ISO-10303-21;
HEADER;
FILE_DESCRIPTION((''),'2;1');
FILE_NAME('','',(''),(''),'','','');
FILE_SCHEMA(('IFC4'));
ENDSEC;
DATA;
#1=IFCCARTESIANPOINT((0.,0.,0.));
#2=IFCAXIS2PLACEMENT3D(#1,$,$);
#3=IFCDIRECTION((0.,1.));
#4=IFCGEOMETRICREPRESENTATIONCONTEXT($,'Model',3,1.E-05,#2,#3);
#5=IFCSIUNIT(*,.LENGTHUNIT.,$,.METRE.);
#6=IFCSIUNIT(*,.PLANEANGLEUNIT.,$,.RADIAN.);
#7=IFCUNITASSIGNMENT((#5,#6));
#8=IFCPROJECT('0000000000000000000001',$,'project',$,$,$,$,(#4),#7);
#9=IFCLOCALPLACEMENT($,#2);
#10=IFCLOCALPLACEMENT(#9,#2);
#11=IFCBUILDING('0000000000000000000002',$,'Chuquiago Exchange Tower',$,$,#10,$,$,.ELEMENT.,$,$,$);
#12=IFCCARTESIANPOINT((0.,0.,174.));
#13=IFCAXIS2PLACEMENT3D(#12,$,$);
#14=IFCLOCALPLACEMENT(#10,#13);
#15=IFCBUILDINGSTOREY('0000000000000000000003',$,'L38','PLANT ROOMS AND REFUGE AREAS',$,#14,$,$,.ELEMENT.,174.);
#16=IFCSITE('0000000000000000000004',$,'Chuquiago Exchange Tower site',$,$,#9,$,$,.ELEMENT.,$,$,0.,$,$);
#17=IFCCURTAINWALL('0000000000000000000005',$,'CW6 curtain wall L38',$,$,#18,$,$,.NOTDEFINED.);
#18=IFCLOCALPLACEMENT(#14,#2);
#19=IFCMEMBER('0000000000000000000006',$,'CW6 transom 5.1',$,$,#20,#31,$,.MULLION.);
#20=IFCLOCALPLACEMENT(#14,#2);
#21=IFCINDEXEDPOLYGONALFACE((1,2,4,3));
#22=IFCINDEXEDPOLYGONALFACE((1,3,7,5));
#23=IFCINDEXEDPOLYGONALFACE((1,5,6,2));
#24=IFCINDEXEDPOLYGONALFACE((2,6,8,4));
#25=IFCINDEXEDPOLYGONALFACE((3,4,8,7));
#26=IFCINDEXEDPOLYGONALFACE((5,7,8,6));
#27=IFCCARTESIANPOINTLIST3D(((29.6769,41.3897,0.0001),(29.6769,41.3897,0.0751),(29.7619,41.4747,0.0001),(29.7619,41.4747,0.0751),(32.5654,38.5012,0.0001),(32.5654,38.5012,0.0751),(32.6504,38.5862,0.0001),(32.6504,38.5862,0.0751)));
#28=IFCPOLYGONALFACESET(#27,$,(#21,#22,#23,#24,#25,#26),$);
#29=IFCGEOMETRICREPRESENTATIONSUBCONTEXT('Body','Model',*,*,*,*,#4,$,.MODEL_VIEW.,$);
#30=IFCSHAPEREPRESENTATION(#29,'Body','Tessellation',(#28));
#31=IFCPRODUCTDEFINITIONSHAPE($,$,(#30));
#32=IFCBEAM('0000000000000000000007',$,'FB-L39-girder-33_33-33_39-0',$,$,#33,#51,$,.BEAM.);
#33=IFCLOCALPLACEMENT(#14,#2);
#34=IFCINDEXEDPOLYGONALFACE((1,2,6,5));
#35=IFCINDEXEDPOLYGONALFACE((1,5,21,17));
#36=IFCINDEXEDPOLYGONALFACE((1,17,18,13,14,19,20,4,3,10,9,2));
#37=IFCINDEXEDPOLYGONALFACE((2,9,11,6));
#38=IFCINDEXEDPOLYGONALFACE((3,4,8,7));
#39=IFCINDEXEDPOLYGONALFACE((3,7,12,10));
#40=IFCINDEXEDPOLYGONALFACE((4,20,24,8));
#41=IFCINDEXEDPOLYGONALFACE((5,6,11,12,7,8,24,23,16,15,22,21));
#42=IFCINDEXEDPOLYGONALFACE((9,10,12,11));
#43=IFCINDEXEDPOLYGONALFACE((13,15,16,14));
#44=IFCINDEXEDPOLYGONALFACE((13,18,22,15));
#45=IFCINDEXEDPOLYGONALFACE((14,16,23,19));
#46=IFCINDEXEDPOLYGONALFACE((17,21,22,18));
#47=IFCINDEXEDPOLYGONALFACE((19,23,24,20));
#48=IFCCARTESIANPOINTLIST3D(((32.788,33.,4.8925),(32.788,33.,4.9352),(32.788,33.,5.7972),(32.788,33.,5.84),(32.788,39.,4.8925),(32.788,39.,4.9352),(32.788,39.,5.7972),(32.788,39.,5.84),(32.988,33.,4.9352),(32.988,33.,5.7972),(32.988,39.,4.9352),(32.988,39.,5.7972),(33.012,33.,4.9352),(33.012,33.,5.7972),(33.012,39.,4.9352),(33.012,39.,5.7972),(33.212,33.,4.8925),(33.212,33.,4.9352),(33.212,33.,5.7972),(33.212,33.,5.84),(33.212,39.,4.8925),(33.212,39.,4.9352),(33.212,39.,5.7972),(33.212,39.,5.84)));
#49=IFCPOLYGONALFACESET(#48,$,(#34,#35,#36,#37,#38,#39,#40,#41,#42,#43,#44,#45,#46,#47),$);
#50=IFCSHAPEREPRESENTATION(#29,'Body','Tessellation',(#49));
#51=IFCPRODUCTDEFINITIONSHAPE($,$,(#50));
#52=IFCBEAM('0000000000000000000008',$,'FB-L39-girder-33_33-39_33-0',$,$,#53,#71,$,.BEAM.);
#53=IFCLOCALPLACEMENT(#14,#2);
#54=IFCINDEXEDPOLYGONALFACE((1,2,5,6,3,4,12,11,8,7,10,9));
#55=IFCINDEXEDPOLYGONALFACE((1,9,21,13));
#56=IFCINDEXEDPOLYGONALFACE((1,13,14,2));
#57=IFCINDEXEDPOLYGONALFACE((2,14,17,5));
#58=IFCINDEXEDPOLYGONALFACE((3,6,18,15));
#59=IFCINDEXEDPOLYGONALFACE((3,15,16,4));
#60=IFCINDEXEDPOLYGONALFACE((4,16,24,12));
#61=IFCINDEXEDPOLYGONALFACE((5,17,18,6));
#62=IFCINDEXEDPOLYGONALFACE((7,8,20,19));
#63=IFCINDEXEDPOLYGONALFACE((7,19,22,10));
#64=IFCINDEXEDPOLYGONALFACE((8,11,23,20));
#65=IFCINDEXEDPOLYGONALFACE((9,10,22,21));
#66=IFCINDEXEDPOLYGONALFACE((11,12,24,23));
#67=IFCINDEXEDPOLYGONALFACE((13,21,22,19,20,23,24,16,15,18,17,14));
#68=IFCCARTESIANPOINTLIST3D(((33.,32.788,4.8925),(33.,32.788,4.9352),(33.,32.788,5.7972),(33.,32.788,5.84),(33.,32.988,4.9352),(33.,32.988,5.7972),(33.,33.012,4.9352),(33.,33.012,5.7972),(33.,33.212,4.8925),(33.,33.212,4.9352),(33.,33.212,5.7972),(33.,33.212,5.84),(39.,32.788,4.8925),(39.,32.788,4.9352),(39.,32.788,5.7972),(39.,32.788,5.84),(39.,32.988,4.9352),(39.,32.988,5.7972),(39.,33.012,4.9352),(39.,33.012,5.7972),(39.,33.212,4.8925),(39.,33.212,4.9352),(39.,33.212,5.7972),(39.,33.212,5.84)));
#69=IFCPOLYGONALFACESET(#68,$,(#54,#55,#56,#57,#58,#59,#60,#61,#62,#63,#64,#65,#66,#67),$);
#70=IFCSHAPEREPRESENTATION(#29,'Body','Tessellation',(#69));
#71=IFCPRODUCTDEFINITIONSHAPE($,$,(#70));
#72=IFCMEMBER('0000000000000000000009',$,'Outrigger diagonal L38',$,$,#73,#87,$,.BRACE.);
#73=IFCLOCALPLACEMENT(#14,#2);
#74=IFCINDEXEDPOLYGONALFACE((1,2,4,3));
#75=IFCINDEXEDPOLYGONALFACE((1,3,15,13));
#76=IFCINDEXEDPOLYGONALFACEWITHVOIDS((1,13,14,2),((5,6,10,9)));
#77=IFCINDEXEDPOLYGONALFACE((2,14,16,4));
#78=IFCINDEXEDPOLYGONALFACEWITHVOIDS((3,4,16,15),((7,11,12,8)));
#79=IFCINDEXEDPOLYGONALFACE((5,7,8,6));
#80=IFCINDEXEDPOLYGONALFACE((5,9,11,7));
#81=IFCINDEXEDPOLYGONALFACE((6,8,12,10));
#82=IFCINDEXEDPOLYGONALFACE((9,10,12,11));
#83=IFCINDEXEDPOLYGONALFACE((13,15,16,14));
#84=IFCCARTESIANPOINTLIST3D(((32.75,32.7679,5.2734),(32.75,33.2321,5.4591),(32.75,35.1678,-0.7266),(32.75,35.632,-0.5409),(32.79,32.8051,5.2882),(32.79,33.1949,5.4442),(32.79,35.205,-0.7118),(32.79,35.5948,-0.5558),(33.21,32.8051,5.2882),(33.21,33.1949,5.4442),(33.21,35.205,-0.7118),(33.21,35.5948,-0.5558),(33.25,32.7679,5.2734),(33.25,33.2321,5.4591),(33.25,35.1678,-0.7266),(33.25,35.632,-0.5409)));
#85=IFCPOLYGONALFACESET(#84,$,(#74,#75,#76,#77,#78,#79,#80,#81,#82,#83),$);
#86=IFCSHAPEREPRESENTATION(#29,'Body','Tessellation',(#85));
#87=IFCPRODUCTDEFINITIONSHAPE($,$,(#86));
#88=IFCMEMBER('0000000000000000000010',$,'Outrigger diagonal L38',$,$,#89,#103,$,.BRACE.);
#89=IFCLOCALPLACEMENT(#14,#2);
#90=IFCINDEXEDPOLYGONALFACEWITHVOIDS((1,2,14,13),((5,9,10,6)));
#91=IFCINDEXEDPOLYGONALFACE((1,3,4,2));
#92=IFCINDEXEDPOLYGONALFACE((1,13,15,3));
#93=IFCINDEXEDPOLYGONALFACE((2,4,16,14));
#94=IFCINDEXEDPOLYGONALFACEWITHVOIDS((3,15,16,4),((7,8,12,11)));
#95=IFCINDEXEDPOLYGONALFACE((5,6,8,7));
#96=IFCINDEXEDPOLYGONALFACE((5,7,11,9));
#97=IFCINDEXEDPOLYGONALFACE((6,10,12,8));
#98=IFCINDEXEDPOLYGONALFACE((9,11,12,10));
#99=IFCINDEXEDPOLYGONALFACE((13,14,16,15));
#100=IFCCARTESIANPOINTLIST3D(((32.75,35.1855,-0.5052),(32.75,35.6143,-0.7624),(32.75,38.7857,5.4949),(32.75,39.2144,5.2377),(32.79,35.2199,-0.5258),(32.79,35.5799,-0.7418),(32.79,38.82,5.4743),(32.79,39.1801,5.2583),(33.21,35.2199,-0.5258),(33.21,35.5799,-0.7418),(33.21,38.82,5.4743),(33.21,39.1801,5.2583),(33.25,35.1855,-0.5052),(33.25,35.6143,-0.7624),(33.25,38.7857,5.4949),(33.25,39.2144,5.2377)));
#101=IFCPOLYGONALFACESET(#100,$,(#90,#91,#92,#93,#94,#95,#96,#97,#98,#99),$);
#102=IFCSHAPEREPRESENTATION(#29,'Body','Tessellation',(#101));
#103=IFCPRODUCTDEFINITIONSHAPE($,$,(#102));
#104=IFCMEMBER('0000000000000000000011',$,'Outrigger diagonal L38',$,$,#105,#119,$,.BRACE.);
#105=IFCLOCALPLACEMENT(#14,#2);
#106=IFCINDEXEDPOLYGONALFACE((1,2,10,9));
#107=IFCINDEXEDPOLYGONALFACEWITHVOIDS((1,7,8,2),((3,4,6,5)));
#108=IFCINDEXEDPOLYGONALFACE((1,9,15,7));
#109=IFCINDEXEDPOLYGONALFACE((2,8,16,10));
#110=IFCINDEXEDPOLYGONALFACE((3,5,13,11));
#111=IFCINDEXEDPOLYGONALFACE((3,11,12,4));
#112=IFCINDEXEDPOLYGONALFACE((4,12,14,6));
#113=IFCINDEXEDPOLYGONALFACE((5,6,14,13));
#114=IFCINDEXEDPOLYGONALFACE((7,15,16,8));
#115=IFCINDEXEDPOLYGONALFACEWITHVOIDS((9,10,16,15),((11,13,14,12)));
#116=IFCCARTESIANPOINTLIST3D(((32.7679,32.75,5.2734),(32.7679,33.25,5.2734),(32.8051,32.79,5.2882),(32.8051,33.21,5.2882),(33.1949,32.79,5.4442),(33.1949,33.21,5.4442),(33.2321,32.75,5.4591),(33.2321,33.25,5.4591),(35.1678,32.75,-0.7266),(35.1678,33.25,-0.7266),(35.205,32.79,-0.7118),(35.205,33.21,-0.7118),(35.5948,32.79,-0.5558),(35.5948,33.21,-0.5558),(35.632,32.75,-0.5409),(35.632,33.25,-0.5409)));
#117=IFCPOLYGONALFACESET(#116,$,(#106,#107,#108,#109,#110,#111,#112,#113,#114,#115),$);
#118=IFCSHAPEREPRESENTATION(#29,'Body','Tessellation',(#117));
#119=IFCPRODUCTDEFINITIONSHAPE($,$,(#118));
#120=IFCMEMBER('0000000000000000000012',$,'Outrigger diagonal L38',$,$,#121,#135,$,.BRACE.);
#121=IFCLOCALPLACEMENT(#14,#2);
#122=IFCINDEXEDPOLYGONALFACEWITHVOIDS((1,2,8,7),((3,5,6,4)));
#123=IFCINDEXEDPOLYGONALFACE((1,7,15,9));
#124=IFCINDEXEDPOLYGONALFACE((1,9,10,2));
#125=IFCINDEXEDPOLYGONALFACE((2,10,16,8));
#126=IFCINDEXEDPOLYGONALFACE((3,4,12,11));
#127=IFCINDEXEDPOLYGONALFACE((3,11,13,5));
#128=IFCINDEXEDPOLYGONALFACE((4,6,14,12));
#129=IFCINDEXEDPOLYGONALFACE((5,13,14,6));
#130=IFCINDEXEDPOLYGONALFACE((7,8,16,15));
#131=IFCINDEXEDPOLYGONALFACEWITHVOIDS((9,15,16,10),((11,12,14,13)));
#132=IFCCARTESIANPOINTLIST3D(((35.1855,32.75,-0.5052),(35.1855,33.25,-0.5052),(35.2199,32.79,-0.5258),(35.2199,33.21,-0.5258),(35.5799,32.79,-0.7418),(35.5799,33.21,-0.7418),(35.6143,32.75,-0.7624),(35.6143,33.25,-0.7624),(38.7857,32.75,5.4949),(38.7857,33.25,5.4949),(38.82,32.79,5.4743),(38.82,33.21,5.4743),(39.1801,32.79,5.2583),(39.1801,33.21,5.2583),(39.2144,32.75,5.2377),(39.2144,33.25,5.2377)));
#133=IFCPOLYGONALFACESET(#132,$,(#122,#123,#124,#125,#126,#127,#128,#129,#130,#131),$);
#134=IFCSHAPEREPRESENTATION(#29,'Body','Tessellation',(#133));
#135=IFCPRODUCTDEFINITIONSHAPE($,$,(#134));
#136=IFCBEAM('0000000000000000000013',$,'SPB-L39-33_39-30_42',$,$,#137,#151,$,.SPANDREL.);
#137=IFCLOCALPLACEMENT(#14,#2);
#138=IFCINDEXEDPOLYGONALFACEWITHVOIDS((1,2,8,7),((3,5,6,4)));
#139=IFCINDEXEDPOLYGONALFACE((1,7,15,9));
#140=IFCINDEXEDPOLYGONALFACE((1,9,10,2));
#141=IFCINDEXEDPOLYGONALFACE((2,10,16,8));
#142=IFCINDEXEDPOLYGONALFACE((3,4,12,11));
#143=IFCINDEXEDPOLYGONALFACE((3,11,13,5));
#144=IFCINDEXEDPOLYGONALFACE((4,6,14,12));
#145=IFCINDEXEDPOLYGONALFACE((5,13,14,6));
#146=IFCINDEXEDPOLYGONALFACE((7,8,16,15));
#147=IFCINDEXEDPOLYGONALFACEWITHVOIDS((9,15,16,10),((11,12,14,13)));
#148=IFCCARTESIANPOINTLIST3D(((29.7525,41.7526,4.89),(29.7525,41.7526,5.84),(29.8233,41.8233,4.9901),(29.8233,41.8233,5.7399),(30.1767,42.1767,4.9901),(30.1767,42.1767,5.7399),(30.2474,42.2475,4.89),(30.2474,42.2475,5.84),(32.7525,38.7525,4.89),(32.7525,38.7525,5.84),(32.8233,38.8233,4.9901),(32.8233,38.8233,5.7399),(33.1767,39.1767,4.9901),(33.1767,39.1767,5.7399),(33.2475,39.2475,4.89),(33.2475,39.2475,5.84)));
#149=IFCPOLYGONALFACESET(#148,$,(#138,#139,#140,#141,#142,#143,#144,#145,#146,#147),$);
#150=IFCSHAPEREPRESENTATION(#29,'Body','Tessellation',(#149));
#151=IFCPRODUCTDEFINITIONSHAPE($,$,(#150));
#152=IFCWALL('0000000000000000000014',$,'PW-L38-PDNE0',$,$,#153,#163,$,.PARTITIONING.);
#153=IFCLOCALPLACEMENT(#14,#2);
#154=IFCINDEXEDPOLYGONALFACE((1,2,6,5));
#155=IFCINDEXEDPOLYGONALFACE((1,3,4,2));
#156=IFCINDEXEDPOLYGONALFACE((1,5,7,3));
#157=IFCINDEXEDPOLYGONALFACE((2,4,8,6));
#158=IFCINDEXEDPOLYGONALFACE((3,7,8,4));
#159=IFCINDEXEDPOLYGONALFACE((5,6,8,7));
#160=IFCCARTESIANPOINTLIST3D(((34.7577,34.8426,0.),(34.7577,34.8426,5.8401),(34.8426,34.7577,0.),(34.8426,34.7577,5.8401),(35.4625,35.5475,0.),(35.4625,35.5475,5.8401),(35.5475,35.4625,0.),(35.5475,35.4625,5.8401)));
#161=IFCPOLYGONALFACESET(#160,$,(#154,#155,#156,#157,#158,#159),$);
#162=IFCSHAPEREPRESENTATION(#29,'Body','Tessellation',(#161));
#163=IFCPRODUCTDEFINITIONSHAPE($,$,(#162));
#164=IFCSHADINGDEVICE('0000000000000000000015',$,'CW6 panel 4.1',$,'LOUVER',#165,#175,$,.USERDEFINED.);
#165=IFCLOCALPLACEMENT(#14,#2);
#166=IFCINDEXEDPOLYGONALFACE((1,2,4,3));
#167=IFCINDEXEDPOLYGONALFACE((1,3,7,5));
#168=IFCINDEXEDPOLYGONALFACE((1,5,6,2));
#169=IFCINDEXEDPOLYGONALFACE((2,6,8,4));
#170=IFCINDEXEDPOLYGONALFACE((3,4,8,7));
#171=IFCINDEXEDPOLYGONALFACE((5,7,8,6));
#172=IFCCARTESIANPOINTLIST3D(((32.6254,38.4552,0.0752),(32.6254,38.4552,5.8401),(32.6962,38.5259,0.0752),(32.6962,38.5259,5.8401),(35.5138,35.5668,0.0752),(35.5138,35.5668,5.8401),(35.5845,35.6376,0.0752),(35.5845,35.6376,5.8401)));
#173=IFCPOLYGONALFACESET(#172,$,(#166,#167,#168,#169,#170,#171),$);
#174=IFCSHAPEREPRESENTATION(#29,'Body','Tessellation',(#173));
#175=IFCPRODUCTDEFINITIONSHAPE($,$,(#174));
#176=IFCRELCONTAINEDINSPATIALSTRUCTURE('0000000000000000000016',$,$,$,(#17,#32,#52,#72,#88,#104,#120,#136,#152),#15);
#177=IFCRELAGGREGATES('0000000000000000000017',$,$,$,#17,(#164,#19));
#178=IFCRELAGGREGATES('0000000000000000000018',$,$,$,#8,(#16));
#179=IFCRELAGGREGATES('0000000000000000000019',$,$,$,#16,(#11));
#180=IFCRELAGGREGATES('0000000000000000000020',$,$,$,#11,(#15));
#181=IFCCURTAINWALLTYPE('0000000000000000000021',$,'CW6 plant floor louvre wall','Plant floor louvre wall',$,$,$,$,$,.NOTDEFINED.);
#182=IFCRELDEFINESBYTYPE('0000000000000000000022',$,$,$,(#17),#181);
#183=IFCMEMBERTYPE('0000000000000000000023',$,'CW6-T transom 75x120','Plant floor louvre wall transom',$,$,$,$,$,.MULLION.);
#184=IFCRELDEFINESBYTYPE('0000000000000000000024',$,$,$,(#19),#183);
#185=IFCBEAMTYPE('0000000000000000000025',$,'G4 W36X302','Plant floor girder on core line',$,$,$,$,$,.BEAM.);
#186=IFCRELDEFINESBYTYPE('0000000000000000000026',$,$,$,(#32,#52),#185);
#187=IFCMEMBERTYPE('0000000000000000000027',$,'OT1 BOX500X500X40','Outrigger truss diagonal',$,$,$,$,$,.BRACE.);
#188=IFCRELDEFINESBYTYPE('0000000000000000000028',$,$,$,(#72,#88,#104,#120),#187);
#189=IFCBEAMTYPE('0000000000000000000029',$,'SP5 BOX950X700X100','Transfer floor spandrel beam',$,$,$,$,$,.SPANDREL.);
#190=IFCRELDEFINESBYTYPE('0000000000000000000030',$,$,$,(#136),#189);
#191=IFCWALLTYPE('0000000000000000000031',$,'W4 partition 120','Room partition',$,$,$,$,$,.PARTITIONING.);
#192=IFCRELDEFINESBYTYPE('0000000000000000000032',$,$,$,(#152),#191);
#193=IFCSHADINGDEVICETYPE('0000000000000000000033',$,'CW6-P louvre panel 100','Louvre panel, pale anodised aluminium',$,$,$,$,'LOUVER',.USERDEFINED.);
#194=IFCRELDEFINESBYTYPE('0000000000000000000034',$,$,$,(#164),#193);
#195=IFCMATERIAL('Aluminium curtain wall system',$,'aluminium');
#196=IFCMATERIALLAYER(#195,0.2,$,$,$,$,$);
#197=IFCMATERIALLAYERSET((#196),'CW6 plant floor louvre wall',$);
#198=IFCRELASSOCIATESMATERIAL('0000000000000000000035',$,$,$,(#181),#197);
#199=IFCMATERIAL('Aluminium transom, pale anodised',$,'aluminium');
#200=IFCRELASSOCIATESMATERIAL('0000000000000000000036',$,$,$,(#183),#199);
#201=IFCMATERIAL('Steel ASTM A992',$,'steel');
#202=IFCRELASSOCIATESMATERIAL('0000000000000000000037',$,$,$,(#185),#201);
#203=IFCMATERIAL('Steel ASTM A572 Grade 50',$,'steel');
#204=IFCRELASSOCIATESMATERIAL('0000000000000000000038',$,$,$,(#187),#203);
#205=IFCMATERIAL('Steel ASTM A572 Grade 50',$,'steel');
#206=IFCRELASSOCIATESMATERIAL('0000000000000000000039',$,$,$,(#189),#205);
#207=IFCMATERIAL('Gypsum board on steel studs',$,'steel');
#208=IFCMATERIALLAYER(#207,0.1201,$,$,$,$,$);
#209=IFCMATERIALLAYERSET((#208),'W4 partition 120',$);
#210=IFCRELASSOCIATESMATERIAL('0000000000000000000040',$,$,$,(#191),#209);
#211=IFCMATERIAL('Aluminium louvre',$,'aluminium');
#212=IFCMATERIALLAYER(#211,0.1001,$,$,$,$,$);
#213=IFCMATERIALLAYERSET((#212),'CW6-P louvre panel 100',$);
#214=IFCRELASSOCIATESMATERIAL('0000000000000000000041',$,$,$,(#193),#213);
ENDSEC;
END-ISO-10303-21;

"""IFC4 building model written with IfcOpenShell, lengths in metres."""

from ifc_helpers import new_model, si_unit, direction, frame, frame_2d, origin, origin_2d, place, context, subcontext, project, spatial, rectangle, hollow_rectangle, i_section, extrude, material, layer, layer_set, material_profile, profile_set, type_object, element, aggregate, save


model = new_model("IFC4")

# Units and contexts
model_context = context("Model", 3, precision=1e-05, world=origin(), true_north=direction((0.0, 1.0)))
body_context = subcontext(model_context, "Body", "Model", "MODEL_VIEW")
ifc_project = project(units=[si_unit("LENGTHUNIT", "METRE"), si_unit("PLANEANGLEUNIT", "RADIAN")], contexts=[model_context])

# Site, building, storey
site_placement = place(None, origin())
site = spatial("IfcSite", under=ifc_project, at=site_placement, Name="Chuquiago Exchange Tower site", CompositionType="ELEMENT", RefElevation=0.0)
building_placement = place(site_placement, origin())
building = spatial("IfcBuilding", under=site, at=building_placement, Name="Chuquiago Exchange Tower", CompositionType="ELEMENT")
storey_placement = place(building_placement, frame((0.0, 0.0, 174.0)))
storey = spatial("IfcBuildingStorey", under=building, at=storey_placement, Name="L38", Description="PLANT ROOMS AND REFUGE AREAS", CompositionType="ELEMENT", Elevation=174.0)

# Curtain wall, member
ifc_material_1 = material(Name="Aluminium curtain wall system", Category="aluminium")
ifc_layer_1 = layer(ifc_material_1, 0.2)
ifc_layer_set_1 = layer_set([ifc_layer_1], Name="CW6 plant floor louvre wall")
curtain_wall_type = type_object("IfcCurtainWallType", Name="CW6 plant floor louvre wall", Description="Plant floor louvre wall", PredefinedType="NOTDEFINED", material=ifc_layer_set_1)
curtain_wall_placement = place(storey_placement, origin())
curtain_wall = element("IfcCurtainWall", 1, at=curtain_wall_placement, inside=storey, type_object=curtain_wall_type, Name="CW6 curtain wall L38", PredefinedType="NOTDEFINED")
ifc_material_2 = material(Name="Aluminium transom, pale anodised", Category="aluminium")
ifc_material_profile_1 = material_profile(ifc_material_2, rectangle(XDim=0.1201, YDim=0.075, at=origin_2d()), Name="AL 120x75")
ifc_profile_set_1 = profile_set([ifc_material_profile_1], Name="Aluminium transom, pale anodised")
member_type_1 = type_object("IfcMemberType", Name="CW6-T transom 75x120", Description="Plant floor louvre wall transom", PredefinedType="MULLION", material=ifc_profile_set_1)
member_1_placement = place(storey_placement, frame((32.6079, 38.5437, 0.0376), z_axis=(-0.707107, 0.707107, 0.0), x_axis=(-0.707107, -0.707107, 0.0)))
member_1 = element("IfcMember", 2, at=member_1_placement, type_object=member_type_1, Name="CW6 transom 5.1", PredefinedType="MULLION", context=body_context, shape_type="SweptSolid", body=[
    extrude(rectangle(XDim=0.1201, YDim=0.075, at=origin_2d()), origin(), (0.0, 0.0, 1.0), 4.085),
])

# Beams
ifc_material_3 = material(Name="Steel ASTM A992", Category="steel")
ifc_material_profile_2 = material_profile(ifc_material_3, i_section(OverallWidth=0.4241, OverallDepth=0.9475, WebThickness=0.0239, FlangeThickness=0.0427, at=origin_2d()), Name="W36X302")
ifc_profile_set_2 = profile_set([ifc_material_profile_2], Name="Steel ASTM A992")
beam_type_1 = type_object("IfcBeamType", Name="G4 W36X302", Description="Plant floor girder on core line", PredefinedType="BEAM", material=ifc_profile_set_2)
for number, where, z_axis, x_axis, name in (
    (3, (33.0, 33.0, 5.3662), (0.0, 1.0, 0.0), (-1.0, 0.0, 0.0), "FB-L39-girder-33_33-33_39-0"),
    (4, (33.0, 33.0, 5.3662), (1.0, 0.0, 0.0), (0.0, 1.0, 0.0), "FB-L39-girder-33_33-39_33-0"),
):
    element("IfcBeam", number, at=place(storey_placement, frame(where, z_axis=z_axis, x_axis=x_axis)), inside=storey, type_object=beam_type_1, Name=name, PredefinedType="BEAM", context=body_context, shape_type="SweptSolid", body=[
        extrude(i_section(OverallWidth=0.4241, OverallDepth=0.9475, WebThickness=0.0239, FlangeThickness=0.0427, at=origin_2d()), origin(), (0.0, 0.0, 1.0), 6.0),
    ])

# Members
ifc_material_4 = material(Name="Steel ASTM A572 Grade 50", Category="steel")
ifc_material_profile_3 = material_profile(ifc_material_4, hollow_rectangle(XDim=0.5, YDim=0.5, WallThickness=0.04, at=origin_2d()), Name="BOX500X500X40")
ifc_profile_set_3 = profile_set([ifc_material_profile_3], Name="Steel ASTM A572 Grade 50")
member_type_2 = type_object("IfcMemberType", Name="OT1 BOX500X500X40", Description="Outrigger truss diagonal", PredefinedType="BRACE", material=ifc_profile_set_3)
member_2_placement = place(storey_placement, frame((33.0, 33.0, 5.3662), z_axis=(0.0, 0.371378, -0.928482), x_axis=(-1.0, 0.0, 0.0)))
element("IfcMember", 5, at=member_2_placement, inside=storey, type_object=member_type_2, Name="Outrigger diagonal L38", PredefinedType="BRACE", context=body_context, shape_type="SweptSolid", body=[
    extrude(hollow_rectangle(XDim=0.5, YDim=0.5, WallThickness=0.04, at=origin_2d()), origin(), (0.0, 0.0, 1.0), 6.4622),
])
member_3_placement = place(storey_placement, frame((33.0, 35.3999, -0.6338), z_axis=(0.0, 0.514506, 0.857487), x_axis=(-1.0, 0.0, 0.0)))
element("IfcMember", 6, at=member_3_placement, inside=storey, type_object=member_type_2, Name="Outrigger diagonal L38", PredefinedType="BRACE", context=body_context, shape_type="SweptSolid", body=[
    extrude(hollow_rectangle(XDim=0.5, YDim=0.5, WallThickness=0.04, at=origin_2d()), origin(), (0.0, 0.0, 1.0), 6.9973),
])
member_4_placement = place(storey_placement, frame((33.0, 33.0, 5.3662), z_axis=(0.371378, 0.0, -0.928482), x_axis=(0.0, 1.0, 0.0)))
element("IfcMember", 7, at=member_4_placement, inside=storey, type_object=member_type_2, Name="Outrigger diagonal L38", PredefinedType="BRACE", context=body_context, shape_type="SweptSolid", body=[
    extrude(hollow_rectangle(XDim=0.5, YDim=0.5, WallThickness=0.04, at=origin_2d()), origin(), (0.0, 0.0, 1.0), 6.4622),
])
member_5_placement = place(storey_placement, frame((35.3999, 33.0, -0.6338), z_axis=(0.514506, 0.0, 0.857487), x_axis=(0.0, 1.0, 0.0)))
element("IfcMember", 8, at=member_5_placement, inside=storey, type_object=member_type_2, Name="Outrigger diagonal L38", PredefinedType="BRACE", context=body_context, shape_type="SweptSolid", body=[
    extrude(hollow_rectangle(XDim=0.5, YDim=0.5, WallThickness=0.04, at=origin_2d()), origin(), (0.0, 0.0, 1.0), 6.9973),
])

# Beam
ifc_material_5 = material(Name="Steel ASTM A572 Grade 50", Category="steel")
ifc_material_profile_4 = material_profile(ifc_material_5, hollow_rectangle(XDim=0.7, YDim=0.95, WallThickness=0.1001, at=origin_2d()), Name="BOX950X700X100")
ifc_profile_set_4 = profile_set([ifc_material_profile_4], Name="Steel ASTM A572 Grade 50")
beam_type_2 = type_object("IfcBeamType", Name="SP5 BOX950X700X100", Description="Transfer floor spandrel beam", PredefinedType="SPANDREL", material=ifc_profile_set_4)
beam_1_placement = place(storey_placement, frame((33.0, 39.0, 5.365), z_axis=(-0.707107, 0.707107, 0.0), x_axis=(-0.707107, -0.707107, 0.0)))
element("IfcBeam", 9, at=beam_1_placement, inside=storey, type_object=beam_type_2, Name="SPB-L39-33_39-30_42", PredefinedType="SPANDREL", context=body_context, shape_type="SweptSolid", body=[
    extrude(hollow_rectangle(XDim=0.7, YDim=0.95, WallThickness=0.1001, at=origin_2d()), origin(), (0.0, 0.0, 1.0), 4.2427),
])

# Wall
ifc_material_6 = material(Name="Gypsum board on steel studs", Category="steel")
ifc_layer_2 = layer(ifc_material_6, 0.1201)
ifc_layer_set_2 = layer_set([ifc_layer_2], Name="W4 partition 120")
wall_type = type_object("IfcWallType", Name="W4 partition 120", Description="Room partition", PredefinedType="PARTITIONING", material=ifc_layer_set_2)
wall_placement = place(storey_placement, frame((34.8, 34.8, 0.0), z_axis=(0.0, 0.0, 1.0), x_axis=(0.707107, 0.707107, 0.0)))
element("IfcWall", 10, at=wall_placement, inside=storey, type_object=wall_type, Name="PW-L38-PDNE0", PredefinedType="PARTITIONING", context=body_context, shape_type="SweptSolid", body=[
    extrude(rectangle(XDim=0.9968, YDim=0.1201, at=frame_2d((0.4985, 0.0))), origin(), (0.0, 0.0, 1.0), 5.8401),
])

# Shading device
ifc_material_7 = material(Name="Aluminium louvre", Category="aluminium")
ifc_layer_3 = layer(ifc_material_7, 0.1001)
ifc_layer_set_3 = layer_set([ifc_layer_3], Name="CW6-P louvre panel 100")
shading_device_type = type_object("IfcShadingDeviceType", Name="CW6-P louvre panel 100", Description="Louvre panel, pale anodised aluminium", ElementType="LOUVER", PredefinedType="USERDEFINED", material=ifc_layer_set_3)
shading_device_placement = place(storey_placement, frame((34.105, 37.0464, 0.0752), z_axis=(0.0, 0.0, 1.0), x_axis=(-0.707107, 0.707107, 0.0)))
shading_device = element("IfcShadingDevice", 11, at=shading_device_placement, type_object=shading_device_type, Name="CW6 panel 4.1", ObjectType="LOUVER", PredefinedType="USERDEFINED", context=body_context, shape_type="SweptSolid", body=[
    extrude(rectangle(XDim=4.0847, YDim=0.1001, at=origin_2d()), origin(), (0.0, 0.0, 1.0), 5.7649),
])
aggregate(curtain_wall, [shading_device, member_1])

save(model, "model.ifc")
